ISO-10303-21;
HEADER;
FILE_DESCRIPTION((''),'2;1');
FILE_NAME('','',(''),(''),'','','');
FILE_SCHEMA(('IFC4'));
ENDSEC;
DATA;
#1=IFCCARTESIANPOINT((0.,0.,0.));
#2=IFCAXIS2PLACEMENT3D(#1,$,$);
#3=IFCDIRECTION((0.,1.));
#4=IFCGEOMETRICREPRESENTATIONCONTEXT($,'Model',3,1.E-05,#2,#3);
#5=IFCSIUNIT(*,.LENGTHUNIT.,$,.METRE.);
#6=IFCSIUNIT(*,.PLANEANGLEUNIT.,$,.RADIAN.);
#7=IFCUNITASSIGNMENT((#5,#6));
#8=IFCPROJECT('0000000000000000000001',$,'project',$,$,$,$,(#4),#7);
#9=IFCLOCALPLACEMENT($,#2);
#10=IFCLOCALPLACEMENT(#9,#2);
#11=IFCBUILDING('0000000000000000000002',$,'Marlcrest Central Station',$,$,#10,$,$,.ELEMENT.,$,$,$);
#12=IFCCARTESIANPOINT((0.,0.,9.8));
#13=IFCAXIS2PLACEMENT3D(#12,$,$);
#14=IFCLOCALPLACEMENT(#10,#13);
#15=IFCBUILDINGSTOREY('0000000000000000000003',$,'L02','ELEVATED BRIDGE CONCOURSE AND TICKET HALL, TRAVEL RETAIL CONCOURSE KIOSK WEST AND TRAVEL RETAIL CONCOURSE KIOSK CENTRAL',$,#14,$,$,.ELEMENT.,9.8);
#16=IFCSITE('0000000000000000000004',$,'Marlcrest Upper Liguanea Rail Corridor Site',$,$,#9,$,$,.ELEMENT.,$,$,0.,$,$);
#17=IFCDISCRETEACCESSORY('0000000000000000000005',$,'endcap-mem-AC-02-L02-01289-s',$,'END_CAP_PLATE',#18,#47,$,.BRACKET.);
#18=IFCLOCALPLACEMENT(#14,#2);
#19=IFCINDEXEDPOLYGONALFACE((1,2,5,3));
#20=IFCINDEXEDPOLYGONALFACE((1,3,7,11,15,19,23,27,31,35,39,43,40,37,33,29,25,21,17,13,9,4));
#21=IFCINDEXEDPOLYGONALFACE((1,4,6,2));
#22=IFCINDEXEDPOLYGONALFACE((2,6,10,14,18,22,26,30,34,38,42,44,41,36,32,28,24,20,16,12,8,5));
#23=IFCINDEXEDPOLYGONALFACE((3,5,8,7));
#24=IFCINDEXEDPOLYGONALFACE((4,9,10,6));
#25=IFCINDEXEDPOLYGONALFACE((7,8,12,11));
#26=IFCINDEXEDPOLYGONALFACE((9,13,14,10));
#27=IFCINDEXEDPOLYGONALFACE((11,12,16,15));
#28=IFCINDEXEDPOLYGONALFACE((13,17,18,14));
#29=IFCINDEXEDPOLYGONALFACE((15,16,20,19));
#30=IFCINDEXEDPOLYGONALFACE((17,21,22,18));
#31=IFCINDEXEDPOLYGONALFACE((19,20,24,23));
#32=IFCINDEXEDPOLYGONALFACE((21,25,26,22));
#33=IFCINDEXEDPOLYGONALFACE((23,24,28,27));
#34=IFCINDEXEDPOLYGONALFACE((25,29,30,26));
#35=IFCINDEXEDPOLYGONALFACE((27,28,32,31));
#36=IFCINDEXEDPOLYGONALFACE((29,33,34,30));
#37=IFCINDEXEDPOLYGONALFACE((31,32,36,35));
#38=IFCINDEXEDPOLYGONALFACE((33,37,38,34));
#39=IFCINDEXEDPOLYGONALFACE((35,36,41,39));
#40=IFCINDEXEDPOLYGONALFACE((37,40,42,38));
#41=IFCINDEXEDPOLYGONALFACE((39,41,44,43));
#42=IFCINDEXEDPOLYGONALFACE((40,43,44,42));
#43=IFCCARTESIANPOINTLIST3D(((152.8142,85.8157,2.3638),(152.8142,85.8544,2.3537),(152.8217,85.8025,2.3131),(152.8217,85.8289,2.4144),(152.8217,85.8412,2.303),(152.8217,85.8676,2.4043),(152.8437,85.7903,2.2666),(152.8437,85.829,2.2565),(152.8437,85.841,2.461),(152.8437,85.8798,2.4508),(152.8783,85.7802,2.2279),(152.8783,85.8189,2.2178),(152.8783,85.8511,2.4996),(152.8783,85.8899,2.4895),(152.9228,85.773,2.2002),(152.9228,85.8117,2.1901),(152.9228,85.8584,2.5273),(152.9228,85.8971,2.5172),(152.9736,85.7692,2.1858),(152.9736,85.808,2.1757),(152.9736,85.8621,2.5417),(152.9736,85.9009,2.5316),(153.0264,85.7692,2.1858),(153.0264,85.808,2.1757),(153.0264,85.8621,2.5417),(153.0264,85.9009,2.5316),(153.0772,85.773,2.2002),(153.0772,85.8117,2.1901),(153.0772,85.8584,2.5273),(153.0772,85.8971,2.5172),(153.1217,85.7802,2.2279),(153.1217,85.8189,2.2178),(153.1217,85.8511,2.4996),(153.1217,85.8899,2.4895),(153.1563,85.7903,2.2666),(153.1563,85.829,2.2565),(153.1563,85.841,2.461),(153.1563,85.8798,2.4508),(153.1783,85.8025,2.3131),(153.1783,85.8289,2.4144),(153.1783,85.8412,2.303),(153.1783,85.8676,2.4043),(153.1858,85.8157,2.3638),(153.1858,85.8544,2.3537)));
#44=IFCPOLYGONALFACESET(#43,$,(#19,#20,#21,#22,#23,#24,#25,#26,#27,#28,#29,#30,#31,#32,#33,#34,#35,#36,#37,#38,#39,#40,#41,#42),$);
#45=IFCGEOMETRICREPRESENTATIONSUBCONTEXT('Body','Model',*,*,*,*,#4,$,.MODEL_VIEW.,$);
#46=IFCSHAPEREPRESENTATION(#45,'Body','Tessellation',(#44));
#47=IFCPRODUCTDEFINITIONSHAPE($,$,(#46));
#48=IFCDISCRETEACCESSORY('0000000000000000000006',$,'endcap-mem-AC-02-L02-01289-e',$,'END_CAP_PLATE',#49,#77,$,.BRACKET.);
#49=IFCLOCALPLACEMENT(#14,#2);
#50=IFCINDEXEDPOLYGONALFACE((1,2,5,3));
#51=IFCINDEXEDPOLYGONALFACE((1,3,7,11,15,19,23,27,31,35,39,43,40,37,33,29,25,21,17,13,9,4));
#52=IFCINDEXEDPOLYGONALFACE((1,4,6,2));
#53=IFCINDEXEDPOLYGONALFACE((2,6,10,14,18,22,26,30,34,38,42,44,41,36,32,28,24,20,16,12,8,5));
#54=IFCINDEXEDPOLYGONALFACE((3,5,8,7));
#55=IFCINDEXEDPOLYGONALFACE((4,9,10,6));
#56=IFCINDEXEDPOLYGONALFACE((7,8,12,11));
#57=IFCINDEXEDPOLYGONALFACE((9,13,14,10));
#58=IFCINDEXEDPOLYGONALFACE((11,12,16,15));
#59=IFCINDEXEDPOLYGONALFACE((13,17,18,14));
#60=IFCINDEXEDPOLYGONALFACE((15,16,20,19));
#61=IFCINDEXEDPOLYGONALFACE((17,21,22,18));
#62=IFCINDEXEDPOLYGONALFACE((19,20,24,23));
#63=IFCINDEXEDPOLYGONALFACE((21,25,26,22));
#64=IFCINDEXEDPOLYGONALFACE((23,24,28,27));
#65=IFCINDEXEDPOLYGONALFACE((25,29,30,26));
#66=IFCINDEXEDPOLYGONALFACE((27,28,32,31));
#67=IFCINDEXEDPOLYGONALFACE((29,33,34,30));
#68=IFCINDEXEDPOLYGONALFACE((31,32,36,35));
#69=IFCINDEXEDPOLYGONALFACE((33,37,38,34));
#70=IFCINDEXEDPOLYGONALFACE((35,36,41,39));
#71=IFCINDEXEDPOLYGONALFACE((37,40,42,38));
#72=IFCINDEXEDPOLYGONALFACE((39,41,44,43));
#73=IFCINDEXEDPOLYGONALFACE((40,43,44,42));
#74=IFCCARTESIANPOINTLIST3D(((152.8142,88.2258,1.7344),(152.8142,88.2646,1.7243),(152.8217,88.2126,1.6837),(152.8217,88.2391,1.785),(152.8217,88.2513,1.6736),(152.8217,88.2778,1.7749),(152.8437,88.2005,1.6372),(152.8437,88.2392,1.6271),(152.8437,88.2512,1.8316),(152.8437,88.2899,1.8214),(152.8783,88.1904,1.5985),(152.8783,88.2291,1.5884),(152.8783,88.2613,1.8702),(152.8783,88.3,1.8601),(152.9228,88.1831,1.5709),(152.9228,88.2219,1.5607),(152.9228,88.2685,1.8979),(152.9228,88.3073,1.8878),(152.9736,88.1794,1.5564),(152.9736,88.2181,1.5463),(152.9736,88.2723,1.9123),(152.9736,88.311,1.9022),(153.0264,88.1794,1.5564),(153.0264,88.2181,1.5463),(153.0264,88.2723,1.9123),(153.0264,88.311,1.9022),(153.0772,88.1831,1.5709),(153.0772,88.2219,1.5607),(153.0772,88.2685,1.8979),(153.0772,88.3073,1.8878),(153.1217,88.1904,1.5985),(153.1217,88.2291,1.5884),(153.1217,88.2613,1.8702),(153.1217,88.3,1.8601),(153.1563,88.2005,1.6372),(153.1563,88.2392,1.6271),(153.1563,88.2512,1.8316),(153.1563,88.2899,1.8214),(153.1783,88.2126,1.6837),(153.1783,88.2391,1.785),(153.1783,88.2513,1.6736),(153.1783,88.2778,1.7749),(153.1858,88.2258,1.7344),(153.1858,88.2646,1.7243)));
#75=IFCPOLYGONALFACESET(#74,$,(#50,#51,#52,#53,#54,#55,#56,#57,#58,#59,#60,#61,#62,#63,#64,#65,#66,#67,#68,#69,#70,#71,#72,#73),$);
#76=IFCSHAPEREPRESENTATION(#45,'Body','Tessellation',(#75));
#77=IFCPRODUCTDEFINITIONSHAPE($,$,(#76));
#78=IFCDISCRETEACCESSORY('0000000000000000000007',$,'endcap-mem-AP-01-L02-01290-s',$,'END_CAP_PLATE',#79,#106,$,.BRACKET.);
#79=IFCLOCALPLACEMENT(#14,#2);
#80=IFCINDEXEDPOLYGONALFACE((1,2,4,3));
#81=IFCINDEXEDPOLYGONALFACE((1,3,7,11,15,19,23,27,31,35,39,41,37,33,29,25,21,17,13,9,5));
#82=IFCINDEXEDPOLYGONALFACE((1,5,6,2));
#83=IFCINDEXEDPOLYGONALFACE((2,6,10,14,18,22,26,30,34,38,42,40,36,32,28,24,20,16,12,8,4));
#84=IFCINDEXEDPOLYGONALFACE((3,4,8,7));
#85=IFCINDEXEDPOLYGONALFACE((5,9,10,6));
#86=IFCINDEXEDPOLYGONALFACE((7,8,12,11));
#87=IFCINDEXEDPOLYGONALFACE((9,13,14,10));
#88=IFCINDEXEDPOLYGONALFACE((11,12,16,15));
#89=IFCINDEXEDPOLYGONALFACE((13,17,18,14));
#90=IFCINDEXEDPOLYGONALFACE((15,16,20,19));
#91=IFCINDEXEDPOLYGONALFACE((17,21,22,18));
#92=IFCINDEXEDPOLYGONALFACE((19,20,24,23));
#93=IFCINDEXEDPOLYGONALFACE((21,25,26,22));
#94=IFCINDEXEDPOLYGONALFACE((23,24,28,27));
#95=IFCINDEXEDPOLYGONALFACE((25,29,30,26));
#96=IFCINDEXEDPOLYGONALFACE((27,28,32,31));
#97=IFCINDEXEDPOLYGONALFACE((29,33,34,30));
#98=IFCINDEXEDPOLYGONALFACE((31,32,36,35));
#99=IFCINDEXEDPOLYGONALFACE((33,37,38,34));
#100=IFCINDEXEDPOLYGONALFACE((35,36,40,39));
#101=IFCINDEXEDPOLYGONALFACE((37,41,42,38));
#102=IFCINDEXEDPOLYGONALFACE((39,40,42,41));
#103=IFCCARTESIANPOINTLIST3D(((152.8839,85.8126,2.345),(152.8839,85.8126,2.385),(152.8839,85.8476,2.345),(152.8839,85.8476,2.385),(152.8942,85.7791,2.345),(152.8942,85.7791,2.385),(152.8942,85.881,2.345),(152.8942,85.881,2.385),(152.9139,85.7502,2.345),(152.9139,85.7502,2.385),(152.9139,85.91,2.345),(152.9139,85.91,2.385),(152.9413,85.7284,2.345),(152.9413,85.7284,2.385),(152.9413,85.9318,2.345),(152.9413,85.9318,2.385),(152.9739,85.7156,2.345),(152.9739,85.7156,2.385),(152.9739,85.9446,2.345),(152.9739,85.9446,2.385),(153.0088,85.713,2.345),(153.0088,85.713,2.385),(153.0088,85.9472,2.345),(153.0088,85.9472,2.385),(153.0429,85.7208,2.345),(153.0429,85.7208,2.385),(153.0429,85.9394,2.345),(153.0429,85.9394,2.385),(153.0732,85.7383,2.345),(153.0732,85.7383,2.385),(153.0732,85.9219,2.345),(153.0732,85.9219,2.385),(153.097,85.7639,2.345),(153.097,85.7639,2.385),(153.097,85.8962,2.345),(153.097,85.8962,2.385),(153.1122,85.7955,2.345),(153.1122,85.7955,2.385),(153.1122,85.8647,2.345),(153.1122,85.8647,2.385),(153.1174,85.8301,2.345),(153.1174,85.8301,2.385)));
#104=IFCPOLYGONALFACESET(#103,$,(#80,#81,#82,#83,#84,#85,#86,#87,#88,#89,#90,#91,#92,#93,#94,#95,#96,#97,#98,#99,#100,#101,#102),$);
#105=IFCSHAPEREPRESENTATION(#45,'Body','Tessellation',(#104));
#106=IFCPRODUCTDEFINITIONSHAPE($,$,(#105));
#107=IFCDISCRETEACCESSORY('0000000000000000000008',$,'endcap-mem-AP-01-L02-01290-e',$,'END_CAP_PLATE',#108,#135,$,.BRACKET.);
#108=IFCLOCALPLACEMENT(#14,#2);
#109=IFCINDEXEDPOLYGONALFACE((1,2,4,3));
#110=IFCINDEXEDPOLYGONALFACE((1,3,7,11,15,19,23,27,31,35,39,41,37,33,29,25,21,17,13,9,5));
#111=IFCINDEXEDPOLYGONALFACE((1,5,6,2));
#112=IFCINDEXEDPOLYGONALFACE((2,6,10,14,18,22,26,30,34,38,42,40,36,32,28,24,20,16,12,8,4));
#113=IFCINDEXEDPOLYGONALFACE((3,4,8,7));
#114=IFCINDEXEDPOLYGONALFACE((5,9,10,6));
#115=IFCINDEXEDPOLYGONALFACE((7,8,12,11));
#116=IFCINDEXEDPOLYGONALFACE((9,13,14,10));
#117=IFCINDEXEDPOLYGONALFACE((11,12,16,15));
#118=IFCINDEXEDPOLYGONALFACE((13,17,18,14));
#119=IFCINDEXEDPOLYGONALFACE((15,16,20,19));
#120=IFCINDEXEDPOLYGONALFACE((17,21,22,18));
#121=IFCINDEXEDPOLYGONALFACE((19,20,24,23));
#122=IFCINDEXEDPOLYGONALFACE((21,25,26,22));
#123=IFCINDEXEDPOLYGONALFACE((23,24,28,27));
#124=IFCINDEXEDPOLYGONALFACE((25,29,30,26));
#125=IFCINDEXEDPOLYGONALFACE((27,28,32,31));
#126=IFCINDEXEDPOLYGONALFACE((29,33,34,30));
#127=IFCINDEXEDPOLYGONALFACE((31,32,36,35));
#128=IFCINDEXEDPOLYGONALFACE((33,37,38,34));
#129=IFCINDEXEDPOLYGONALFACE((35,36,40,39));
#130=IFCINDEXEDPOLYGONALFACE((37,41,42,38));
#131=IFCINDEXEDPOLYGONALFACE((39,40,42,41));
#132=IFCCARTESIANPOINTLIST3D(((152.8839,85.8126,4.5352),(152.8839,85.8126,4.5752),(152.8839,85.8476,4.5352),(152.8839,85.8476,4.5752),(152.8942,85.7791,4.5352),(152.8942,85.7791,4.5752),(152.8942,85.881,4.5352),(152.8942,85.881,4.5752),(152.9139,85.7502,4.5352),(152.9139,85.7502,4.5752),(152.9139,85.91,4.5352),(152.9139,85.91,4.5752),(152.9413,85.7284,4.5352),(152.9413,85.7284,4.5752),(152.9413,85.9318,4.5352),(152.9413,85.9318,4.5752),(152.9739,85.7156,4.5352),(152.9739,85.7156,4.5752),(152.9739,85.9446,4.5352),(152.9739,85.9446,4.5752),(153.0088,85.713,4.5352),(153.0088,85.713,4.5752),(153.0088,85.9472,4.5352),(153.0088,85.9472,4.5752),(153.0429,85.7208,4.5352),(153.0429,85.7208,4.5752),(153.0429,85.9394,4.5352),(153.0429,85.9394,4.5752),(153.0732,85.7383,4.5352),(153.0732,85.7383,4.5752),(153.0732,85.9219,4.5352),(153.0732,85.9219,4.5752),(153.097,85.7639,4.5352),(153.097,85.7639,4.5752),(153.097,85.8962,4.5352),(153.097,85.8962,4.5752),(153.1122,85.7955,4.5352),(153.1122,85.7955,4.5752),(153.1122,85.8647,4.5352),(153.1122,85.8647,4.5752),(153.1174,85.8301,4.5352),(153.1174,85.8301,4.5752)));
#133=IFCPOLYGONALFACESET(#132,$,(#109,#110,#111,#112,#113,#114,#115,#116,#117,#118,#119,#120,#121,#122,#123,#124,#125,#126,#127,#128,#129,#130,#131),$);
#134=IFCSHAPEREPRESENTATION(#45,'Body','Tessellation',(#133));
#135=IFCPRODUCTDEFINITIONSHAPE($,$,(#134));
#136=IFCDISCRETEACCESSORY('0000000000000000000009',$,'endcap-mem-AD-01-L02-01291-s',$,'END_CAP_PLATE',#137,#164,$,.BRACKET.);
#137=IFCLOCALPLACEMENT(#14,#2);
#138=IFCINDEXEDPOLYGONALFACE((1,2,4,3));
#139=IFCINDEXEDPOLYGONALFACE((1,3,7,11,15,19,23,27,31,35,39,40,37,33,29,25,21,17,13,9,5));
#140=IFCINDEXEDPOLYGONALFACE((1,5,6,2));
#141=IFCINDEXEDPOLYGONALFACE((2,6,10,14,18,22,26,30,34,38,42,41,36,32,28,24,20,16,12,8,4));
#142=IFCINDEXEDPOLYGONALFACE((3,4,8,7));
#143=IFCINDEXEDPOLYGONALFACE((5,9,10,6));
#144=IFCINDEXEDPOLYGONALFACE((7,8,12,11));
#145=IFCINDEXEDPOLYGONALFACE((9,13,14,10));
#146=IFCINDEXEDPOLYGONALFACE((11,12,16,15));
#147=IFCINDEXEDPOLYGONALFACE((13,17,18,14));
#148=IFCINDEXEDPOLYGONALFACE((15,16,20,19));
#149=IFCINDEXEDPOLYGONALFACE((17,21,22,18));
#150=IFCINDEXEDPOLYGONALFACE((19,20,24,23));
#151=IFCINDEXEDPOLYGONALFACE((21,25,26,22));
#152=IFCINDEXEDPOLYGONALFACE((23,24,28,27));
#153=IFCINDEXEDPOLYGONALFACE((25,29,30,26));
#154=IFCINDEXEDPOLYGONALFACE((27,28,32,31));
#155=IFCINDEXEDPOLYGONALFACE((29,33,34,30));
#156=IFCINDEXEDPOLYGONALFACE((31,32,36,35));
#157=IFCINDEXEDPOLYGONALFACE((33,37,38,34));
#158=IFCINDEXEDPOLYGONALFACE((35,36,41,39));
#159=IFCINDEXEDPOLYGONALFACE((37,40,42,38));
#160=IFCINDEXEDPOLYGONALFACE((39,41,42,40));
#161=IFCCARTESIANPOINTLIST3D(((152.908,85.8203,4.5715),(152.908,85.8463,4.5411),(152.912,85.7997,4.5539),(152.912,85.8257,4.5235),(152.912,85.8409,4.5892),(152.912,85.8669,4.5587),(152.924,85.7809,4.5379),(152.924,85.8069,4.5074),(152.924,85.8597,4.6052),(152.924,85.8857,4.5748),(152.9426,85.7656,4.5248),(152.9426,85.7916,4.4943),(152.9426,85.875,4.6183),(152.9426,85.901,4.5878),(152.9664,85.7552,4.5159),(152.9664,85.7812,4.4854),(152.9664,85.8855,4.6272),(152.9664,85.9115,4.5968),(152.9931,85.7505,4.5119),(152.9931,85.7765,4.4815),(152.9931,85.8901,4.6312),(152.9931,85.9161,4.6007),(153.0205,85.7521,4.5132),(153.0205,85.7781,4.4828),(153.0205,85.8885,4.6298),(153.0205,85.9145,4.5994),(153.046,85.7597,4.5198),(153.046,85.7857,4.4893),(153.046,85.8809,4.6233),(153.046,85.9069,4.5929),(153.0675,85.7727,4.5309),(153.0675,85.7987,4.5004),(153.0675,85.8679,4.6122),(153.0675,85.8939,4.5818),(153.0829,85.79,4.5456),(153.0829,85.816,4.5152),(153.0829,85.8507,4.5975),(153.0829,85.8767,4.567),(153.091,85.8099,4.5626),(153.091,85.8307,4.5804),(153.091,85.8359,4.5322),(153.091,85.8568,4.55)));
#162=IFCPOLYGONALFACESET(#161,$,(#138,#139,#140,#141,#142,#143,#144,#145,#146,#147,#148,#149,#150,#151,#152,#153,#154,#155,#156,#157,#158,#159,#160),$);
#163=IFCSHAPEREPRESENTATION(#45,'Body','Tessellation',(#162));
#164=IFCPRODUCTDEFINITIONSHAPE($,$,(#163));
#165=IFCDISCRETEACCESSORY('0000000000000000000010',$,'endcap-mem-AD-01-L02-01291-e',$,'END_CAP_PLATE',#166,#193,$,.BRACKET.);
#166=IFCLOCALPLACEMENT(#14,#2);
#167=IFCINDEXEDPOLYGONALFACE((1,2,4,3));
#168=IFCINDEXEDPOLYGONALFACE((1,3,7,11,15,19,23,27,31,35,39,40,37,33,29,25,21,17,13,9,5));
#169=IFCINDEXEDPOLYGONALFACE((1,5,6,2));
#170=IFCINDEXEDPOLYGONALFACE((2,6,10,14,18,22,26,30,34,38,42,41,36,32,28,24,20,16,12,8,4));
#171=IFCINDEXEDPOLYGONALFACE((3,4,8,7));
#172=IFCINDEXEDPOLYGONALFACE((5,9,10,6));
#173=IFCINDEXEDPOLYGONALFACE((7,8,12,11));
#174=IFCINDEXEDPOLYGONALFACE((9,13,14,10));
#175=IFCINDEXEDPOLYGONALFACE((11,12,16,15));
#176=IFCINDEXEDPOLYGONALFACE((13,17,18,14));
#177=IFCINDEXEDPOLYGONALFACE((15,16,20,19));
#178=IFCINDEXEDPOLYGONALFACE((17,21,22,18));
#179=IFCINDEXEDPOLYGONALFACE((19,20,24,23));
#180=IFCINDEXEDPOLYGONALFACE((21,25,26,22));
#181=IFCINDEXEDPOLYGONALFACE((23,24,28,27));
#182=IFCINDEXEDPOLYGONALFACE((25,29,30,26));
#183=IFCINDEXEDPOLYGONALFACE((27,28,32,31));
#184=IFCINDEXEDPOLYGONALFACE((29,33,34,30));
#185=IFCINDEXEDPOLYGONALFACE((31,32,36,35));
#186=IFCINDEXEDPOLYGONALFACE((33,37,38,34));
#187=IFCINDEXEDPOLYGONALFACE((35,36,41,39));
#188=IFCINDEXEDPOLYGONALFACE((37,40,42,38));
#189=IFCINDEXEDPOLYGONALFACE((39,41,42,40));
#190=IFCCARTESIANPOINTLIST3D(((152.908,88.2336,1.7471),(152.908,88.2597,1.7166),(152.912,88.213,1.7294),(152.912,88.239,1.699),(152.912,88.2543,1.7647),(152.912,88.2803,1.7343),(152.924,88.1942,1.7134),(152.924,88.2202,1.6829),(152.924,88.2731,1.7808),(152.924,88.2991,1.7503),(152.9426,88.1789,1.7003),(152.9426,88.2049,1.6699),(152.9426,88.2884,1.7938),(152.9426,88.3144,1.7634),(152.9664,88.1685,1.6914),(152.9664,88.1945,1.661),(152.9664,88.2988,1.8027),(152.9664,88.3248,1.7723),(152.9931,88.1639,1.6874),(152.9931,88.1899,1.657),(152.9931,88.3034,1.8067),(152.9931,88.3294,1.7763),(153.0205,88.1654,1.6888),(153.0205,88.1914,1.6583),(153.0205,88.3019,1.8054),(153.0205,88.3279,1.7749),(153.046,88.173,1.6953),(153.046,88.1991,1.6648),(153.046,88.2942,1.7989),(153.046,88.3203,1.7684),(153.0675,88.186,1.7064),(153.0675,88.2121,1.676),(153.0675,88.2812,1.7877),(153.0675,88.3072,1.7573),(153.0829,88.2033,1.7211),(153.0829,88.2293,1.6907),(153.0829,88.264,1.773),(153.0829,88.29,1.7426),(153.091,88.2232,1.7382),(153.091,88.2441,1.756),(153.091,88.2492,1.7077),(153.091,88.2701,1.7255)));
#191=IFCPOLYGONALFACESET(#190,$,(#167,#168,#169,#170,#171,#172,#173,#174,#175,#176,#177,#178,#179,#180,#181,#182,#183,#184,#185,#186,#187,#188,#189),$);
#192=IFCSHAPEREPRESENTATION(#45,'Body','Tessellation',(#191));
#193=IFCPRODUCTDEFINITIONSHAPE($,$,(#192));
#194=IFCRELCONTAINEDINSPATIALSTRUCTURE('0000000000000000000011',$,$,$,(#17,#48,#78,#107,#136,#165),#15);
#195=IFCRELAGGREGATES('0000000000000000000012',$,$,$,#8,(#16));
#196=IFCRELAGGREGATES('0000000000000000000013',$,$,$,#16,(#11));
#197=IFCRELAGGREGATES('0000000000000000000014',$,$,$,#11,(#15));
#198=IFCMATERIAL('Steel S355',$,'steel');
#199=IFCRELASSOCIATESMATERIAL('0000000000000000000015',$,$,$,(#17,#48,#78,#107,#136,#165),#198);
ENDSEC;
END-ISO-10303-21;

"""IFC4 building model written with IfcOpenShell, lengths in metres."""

from ifc_helpers import new_model, si_unit, direction, frame, origin, origin_2d, place, context, subcontext, project, spatial, circle, extrude, material, element, save


model = new_model("IFC4")

# Units and contexts
model_context = context("Model", 3, precision=1e-05, world=origin(), true_north=direction((0.0, 1.0)))
body_context = subcontext(model_context, "Body", "Model", "MODEL_VIEW")
ifc_project = project(units=[si_unit("LENGTHUNIT", "METRE"), si_unit("PLANEANGLEUNIT", "RADIAN")], contexts=[model_context])

# Site, building, storey
site_placement = place(None, origin())
site = spatial("IfcSite", under=ifc_project, at=site_placement, Name="Marlcrest Upper Liguanea Rail Corridor Site", CompositionType="ELEMENT", RefElevation=0.0)
building_placement = place(site_placement, origin())
building = spatial("IfcBuilding", under=site, at=building_placement, Name="Marlcrest Central Station", CompositionType="ELEMENT")
storey_placement = place(building_placement, frame((0.0, 0.0, 9.8)))
storey = spatial("IfcBuildingStorey", under=building, at=storey_placement, Name="L02", Description="ELEVATED BRIDGE CONCOURSE AND TICKET HALL, TRAVEL RETAIL CONCOURSE KIOSK WEST AND TRAVEL RETAIL CONCOURSE KIOSK CENTRAL", CompositionType="ELEMENT", Elevation=9.8)

# Shared definitions
ifc_material_1 = material(Name="Steel S355", Category="steel")

# Discrete accessories
for number, where, z_axis, x_axis, name in (
    (1, (153.0, 85.8157, 2.3638), (0.0, 0.967563, -0.252629), (-1.0, 0.0, 0.0), "endcap-mem-AC-02-L02-01289-s"),
    (2, (153.0, 88.2258, 1.7344), (0.0, 0.967563, -0.252629), (-1.0, 0.0, 0.0), "endcap-mem-AC-02-L02-01289-e"),
):
    element("IfcDiscreteAccessory", number, at=place(storey_placement, frame(where, z_axis=z_axis, x_axis=x_axis)), inside=storey, material=ifc_material_1, Name=name, ObjectType="END_CAP_PLATE", PredefinedType="BRACKET", context=body_context, shape_type="SweptSolid", body=[
        extrude(circle(Radius=0.1858, at=origin_2d()), origin(), (0.0, 0.0, 1.0), 0.04),
    ])
for number, where, z_axis, x_axis, name in (
    (3, (153.0, 85.8301, 2.345), (0.0, 0.0, 1.0), (1.0, 0.0, 0.0), "endcap-mem-AP-01-L02-01290-s"),
    (4, (153.0, 85.8301, 4.5352), (0.0, 0.0, 1.0), (1.0, 0.0, 0.0), "endcap-mem-AP-01-L02-01290-e"),
):
    element("IfcDiscreteAccessory", number, at=place(storey_placement, frame(where, z_axis=z_axis, x_axis=x_axis)), inside=storey, material=ifc_material_1, Name=name, ObjectType="END_CAP_PLATE", PredefinedType="BRACKET", context=body_context, shape_type="SweptSolid", body=[
        extrude(circle(Radius=0.1174, at=origin_2d()), origin(), (0.0, 0.0, 1.0), 0.04),
    ])
for number, where, z_axis, x_axis, name in (
    (5, (153.0, 85.8203, 4.5715), (0.0, 0.649625, -0.760255), (-1.0, 0.0, 0.0), "endcap-mem-AD-01-L02-01291-s"),
    (6, (153.0, 88.2336, 1.7471), (0.0, 0.649625, -0.760255), (-1.0, 0.0, 0.0), "endcap-mem-AD-01-L02-01291-e"),
):
    element("IfcDiscreteAccessory", number, at=place(storey_placement, frame(where, z_axis=z_axis, x_axis=x_axis)), inside=storey, material=ifc_material_1, Name=name, ObjectType="END_CAP_PLATE", PredefinedType="BRACKET", context=body_context, shape_type="SweptSolid", body=[
        extrude(circle(Radius=0.092, at=origin_2d()), origin(), (0.0, 0.0, 1.0), 0.04),
    ])

save(model, "model.ifc")
